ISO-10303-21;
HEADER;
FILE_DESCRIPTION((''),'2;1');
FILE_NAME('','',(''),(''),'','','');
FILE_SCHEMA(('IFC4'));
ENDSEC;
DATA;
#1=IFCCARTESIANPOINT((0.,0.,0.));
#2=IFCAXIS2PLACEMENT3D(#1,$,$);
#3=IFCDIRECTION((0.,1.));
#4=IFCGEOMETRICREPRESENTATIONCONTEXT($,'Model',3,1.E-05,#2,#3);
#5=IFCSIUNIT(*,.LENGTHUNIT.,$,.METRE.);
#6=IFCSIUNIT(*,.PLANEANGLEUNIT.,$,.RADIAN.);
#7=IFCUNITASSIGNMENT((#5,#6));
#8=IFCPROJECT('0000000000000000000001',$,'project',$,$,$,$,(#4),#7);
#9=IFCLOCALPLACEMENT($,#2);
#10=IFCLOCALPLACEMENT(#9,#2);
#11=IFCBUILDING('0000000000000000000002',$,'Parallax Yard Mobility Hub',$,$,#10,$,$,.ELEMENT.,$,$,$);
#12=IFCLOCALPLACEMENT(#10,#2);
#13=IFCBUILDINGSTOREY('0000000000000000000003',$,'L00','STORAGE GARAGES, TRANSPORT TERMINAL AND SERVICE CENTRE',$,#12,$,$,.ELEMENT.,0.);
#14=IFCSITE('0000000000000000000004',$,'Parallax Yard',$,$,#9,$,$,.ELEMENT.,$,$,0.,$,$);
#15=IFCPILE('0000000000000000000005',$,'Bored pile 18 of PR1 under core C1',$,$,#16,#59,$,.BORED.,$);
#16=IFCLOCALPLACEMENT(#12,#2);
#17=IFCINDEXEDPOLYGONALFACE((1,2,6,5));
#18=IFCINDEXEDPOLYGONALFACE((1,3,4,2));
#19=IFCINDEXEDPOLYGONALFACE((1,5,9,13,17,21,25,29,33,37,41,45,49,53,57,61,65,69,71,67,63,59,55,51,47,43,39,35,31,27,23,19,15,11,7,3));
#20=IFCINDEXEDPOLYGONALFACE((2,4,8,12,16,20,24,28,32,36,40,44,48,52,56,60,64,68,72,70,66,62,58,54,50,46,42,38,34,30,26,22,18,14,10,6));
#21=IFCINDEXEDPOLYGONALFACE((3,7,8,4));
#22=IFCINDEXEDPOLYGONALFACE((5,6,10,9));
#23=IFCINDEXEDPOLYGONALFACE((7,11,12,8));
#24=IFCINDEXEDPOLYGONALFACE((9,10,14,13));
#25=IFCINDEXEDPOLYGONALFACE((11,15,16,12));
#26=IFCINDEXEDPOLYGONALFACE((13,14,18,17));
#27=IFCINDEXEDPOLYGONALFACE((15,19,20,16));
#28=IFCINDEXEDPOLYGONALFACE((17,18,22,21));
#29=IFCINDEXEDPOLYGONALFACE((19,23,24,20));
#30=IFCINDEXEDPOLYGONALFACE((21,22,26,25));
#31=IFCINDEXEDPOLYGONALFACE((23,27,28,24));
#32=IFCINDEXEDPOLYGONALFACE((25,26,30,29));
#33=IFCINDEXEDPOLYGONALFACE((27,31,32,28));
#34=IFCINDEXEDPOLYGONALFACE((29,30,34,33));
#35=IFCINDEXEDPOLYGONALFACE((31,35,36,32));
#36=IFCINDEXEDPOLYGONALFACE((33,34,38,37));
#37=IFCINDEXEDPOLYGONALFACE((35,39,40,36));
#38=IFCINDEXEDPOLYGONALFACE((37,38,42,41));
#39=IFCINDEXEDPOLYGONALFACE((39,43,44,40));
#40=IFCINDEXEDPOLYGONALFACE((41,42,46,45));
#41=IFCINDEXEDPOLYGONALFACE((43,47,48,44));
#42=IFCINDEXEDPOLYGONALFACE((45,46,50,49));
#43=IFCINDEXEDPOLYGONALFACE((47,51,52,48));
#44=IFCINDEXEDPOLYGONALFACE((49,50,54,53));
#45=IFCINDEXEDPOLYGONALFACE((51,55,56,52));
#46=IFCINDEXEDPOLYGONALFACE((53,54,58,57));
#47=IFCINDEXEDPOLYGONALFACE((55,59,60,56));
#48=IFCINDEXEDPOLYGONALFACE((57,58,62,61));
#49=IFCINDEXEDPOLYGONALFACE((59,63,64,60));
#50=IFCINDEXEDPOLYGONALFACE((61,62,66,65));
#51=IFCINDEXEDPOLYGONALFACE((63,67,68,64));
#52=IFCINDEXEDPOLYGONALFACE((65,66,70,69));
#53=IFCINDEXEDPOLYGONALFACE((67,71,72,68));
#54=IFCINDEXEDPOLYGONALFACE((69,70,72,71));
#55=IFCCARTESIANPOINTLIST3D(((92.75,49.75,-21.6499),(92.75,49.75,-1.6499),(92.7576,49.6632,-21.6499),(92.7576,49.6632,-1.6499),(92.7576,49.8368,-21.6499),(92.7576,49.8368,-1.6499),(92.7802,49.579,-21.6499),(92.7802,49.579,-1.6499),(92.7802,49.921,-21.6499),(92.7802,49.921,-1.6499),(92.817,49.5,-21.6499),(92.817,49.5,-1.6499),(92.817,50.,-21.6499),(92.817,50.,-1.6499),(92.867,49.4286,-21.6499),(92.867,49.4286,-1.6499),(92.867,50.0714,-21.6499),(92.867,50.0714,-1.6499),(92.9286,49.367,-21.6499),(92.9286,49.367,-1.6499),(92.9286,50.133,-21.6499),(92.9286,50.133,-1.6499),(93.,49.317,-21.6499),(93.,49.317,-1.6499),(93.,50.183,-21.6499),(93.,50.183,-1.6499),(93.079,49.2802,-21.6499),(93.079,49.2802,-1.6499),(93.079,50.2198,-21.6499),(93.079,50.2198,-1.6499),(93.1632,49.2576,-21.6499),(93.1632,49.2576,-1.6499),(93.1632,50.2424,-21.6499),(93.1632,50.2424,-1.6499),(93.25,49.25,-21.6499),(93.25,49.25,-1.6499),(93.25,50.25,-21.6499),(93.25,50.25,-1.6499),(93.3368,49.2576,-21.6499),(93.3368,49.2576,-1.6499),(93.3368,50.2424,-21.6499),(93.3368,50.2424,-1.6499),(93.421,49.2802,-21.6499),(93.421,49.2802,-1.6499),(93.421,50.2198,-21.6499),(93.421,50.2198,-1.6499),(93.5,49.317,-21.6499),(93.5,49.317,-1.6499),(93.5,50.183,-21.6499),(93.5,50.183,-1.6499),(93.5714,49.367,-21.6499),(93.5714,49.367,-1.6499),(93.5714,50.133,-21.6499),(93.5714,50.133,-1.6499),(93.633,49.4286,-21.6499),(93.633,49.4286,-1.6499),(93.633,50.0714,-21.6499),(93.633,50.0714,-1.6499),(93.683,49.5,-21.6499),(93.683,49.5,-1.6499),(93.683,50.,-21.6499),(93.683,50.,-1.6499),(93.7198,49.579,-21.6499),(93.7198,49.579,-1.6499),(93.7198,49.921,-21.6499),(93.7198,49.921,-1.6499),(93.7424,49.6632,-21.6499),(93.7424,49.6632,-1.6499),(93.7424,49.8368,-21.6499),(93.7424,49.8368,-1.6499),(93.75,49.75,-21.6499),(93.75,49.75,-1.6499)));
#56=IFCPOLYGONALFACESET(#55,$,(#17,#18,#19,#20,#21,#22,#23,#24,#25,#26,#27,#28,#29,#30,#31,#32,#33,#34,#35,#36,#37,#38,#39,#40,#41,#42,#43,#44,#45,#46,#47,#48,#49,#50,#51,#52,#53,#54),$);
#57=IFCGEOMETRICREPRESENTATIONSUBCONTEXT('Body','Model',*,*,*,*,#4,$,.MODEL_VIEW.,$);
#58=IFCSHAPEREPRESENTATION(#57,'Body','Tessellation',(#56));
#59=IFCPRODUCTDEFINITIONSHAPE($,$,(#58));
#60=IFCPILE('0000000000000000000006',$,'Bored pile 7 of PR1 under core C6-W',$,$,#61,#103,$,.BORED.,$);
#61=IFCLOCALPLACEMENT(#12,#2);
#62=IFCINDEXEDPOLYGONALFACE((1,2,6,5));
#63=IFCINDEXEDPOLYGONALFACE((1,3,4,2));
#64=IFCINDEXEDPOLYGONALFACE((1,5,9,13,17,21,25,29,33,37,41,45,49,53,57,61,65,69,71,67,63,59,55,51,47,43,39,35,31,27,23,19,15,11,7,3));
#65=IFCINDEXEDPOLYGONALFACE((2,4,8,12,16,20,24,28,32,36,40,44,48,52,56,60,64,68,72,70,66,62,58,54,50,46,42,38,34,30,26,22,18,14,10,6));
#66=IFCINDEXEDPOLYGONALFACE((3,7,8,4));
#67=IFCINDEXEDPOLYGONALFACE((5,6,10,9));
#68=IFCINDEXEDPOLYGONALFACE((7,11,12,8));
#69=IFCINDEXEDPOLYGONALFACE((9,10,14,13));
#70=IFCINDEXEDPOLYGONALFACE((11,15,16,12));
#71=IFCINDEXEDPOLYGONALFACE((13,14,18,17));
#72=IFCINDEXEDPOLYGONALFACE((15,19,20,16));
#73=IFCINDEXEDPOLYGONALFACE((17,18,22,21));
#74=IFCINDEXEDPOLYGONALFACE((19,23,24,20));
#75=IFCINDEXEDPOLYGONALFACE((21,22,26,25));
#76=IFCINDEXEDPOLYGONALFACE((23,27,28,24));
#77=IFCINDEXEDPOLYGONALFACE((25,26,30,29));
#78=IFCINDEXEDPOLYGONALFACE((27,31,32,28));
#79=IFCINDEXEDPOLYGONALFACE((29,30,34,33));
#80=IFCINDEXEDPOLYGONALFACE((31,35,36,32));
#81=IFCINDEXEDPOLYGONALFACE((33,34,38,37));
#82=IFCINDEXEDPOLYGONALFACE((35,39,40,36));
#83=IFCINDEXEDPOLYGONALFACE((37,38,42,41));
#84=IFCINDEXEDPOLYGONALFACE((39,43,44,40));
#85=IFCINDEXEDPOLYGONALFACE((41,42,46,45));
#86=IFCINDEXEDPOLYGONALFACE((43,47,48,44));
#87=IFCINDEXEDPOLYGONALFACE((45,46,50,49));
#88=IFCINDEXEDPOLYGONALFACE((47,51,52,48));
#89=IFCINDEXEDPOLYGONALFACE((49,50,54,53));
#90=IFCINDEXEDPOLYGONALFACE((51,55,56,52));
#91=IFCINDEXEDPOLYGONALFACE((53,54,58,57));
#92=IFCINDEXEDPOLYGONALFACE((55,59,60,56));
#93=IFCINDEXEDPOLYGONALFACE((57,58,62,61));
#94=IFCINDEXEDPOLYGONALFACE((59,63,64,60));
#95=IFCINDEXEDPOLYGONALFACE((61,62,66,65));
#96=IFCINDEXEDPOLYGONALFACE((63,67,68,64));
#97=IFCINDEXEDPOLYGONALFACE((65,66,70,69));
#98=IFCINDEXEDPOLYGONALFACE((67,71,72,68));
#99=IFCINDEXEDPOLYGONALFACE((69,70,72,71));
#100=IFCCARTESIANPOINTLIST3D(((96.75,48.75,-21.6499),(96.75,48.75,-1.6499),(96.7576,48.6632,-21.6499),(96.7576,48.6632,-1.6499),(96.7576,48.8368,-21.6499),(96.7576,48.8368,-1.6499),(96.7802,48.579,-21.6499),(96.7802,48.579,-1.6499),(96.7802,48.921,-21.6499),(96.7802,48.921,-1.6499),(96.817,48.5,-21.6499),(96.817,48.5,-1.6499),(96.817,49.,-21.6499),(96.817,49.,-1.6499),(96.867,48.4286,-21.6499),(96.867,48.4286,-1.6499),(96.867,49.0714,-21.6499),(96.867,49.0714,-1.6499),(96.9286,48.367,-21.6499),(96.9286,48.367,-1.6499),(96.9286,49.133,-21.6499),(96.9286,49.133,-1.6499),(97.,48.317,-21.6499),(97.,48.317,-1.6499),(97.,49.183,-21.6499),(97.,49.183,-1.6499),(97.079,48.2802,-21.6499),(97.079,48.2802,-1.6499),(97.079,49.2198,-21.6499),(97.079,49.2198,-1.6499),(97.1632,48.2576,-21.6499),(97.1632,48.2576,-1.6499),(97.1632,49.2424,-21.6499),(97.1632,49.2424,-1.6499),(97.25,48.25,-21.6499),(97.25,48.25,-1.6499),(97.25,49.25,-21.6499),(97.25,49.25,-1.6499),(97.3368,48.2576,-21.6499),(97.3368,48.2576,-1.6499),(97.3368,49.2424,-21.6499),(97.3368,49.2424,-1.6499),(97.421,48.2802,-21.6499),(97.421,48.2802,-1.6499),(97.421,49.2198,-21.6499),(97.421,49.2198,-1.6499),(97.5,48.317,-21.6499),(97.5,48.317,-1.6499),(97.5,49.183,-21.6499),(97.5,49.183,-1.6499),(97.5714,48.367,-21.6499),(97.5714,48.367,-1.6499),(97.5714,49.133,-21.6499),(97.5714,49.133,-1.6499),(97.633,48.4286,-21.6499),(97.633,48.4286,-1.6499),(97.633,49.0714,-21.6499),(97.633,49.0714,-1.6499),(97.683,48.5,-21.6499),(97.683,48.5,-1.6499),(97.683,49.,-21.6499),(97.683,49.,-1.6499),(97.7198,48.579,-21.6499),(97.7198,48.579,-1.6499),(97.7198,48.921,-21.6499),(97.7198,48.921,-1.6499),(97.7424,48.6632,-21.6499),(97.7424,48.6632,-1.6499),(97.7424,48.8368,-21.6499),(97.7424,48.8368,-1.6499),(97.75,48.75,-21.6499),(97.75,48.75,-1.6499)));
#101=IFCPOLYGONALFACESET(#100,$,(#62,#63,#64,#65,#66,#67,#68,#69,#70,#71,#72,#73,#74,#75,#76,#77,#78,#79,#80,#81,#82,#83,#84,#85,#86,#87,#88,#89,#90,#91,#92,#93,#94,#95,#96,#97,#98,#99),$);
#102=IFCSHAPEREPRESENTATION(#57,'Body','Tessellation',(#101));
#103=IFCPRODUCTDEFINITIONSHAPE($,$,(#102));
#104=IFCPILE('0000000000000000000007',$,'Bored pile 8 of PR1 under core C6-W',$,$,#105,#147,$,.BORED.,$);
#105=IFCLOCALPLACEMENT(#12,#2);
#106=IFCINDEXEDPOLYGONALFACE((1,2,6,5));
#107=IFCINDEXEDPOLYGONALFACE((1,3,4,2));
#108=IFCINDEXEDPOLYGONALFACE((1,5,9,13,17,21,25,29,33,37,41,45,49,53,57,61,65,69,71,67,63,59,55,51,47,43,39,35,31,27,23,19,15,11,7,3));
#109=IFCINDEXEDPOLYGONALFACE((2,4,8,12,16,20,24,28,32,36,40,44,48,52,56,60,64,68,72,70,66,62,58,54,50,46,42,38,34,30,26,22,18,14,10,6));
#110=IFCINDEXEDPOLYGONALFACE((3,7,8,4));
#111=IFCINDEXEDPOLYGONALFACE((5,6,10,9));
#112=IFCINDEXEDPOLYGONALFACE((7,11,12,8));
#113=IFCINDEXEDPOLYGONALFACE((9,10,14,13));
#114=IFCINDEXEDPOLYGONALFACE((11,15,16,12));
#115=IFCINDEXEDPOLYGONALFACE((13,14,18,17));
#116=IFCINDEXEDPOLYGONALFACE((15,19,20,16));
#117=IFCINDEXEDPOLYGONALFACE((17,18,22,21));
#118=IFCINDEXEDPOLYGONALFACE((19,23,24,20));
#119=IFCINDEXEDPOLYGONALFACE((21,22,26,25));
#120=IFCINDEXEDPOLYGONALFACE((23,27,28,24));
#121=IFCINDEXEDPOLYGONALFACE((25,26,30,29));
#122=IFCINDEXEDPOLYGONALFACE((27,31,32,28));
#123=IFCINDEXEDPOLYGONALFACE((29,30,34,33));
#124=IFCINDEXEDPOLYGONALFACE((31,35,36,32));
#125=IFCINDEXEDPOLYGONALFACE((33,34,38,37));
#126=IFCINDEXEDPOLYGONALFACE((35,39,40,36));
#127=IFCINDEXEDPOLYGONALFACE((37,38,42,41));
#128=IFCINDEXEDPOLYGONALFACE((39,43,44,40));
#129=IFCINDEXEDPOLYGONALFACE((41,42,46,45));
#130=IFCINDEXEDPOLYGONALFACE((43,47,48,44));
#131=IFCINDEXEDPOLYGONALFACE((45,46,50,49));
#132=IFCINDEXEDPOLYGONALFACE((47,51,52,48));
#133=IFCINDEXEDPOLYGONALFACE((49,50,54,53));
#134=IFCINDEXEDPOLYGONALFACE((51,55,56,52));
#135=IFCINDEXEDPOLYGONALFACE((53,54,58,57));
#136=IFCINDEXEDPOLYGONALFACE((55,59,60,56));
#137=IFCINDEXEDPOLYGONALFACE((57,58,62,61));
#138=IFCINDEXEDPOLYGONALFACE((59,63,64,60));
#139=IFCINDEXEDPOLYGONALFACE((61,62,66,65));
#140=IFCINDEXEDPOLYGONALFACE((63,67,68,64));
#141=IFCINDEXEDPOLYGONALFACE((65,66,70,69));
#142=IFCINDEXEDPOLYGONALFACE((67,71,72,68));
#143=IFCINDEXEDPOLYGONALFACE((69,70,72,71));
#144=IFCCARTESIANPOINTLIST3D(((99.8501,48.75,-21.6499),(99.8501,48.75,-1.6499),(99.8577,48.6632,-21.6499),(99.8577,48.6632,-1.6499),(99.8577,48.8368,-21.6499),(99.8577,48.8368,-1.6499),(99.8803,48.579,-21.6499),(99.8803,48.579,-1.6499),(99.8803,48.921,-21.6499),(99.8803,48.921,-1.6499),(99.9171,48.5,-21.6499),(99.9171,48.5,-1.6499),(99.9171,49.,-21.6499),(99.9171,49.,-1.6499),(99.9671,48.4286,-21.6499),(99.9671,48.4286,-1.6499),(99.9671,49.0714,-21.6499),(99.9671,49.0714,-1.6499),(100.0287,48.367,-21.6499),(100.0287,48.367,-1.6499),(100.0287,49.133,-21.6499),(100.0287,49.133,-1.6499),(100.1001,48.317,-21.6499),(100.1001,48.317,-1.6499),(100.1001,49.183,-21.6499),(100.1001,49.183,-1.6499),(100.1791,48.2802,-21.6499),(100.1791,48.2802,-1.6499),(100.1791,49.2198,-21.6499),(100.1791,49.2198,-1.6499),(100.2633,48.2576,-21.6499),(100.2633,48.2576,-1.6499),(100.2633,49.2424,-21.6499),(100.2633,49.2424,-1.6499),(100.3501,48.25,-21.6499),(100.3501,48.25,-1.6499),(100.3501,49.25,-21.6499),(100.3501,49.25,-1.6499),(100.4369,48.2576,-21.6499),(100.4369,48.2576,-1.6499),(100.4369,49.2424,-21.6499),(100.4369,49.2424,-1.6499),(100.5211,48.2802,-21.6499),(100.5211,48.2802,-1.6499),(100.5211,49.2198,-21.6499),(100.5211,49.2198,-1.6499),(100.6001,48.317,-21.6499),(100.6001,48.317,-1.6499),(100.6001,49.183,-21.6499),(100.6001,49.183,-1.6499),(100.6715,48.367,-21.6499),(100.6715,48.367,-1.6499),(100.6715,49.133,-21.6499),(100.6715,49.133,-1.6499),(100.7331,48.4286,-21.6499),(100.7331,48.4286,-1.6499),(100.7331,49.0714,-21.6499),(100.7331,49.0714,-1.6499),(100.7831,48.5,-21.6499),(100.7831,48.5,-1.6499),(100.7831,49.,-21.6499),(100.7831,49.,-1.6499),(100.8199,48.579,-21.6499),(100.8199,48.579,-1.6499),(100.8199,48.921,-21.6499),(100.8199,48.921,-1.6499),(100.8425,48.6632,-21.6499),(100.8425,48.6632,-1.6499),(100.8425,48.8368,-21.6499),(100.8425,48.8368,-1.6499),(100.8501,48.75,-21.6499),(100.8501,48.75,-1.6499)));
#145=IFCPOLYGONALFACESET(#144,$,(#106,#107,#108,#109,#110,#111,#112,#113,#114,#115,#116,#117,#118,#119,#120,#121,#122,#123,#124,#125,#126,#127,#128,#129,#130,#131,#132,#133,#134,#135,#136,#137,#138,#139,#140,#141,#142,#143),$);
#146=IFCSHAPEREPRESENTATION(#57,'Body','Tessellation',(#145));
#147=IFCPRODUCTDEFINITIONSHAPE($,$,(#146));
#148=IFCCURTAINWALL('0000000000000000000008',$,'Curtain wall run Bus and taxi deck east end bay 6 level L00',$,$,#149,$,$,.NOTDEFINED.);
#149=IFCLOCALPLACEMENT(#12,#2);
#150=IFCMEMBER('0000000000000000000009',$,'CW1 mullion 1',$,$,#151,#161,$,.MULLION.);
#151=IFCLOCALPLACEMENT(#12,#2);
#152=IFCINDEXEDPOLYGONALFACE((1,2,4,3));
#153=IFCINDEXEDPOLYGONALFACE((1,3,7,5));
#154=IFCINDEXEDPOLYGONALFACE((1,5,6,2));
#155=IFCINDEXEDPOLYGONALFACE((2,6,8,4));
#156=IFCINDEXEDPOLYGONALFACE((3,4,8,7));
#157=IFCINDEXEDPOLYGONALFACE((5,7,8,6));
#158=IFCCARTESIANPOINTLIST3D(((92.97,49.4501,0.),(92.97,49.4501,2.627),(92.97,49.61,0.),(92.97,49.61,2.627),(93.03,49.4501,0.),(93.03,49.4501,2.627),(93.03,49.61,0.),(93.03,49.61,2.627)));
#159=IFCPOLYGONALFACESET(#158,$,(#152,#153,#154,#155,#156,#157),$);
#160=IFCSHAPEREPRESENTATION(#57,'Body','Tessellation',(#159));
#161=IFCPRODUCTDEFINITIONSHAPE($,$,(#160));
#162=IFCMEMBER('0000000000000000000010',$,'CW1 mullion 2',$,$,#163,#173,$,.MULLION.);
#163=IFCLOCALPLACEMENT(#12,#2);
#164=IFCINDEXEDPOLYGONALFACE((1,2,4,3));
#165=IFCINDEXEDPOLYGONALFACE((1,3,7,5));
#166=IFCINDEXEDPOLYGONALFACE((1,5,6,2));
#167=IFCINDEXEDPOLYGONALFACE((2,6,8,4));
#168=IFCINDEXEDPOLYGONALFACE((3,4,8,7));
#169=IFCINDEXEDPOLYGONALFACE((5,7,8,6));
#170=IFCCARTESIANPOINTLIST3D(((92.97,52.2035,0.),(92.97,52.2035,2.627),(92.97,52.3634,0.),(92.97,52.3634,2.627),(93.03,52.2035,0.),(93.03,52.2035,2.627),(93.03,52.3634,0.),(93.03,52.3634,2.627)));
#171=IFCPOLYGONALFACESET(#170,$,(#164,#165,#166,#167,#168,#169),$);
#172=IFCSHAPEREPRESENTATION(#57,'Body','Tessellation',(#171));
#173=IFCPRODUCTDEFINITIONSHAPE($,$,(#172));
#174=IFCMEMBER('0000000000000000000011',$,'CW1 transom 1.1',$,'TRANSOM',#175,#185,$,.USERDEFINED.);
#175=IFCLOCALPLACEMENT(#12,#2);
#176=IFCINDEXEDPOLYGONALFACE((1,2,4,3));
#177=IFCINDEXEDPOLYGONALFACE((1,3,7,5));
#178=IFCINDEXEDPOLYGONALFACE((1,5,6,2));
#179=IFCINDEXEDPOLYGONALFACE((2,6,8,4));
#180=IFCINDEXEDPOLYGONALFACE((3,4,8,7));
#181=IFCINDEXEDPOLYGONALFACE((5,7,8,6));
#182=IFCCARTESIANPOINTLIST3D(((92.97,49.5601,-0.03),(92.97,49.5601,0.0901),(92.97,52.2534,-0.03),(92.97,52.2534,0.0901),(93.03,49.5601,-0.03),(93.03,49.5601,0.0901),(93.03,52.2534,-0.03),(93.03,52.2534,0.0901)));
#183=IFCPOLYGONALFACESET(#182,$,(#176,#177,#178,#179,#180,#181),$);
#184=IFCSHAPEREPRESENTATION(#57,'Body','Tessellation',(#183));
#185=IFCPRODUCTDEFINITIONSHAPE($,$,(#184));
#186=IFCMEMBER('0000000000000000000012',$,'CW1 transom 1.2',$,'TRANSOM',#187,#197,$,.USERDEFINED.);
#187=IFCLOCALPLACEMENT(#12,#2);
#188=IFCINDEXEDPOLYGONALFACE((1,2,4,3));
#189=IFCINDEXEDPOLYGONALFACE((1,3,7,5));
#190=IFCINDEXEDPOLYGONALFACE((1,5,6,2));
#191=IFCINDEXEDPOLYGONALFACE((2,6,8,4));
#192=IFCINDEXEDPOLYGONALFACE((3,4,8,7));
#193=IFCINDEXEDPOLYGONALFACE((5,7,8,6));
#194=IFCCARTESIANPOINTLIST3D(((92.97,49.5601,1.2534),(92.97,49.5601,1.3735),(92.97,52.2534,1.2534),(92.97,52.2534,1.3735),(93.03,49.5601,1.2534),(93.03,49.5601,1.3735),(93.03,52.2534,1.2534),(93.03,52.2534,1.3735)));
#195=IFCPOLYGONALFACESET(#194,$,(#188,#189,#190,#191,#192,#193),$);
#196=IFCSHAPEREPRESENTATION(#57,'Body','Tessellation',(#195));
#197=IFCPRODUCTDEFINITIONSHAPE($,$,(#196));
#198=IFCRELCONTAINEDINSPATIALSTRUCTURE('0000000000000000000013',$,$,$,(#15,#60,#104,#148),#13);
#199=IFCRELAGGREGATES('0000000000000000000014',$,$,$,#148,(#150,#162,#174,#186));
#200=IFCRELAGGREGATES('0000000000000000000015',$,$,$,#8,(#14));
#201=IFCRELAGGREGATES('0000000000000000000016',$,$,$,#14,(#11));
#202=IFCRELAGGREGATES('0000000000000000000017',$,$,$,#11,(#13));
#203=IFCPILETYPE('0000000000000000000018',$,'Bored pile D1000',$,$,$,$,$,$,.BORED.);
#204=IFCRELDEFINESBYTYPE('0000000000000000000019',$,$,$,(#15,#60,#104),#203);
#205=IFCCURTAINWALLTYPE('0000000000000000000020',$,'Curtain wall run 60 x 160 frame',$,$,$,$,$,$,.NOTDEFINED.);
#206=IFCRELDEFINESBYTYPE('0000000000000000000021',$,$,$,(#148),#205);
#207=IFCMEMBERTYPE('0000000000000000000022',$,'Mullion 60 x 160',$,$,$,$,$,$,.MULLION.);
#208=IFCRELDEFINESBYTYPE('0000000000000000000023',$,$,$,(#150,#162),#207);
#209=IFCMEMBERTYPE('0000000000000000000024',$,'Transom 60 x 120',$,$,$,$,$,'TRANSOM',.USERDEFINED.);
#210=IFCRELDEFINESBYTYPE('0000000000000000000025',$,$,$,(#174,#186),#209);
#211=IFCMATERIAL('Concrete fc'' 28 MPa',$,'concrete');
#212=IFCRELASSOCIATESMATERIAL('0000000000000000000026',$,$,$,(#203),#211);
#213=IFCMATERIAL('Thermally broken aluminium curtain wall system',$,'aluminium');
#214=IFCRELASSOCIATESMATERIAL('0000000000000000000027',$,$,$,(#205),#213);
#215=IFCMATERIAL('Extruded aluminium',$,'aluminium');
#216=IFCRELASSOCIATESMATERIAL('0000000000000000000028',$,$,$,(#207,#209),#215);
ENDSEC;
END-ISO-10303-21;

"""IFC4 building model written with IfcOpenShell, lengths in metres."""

from ifc_helpers import new_model, si_unit, direction, frame, origin, origin_2d, place, context, subcontext, project, spatial, rectangle, circle, extrude, material, material_profile, profile_set, type_object, element, aggregate, save


model = new_model("IFC4")

# Units and contexts
model_context = context("Model", 3, precision=1e-05, world=origin(), true_north=direction((0.0, 1.0)))
body_context = subcontext(model_context, "Body", "Model", "MODEL_VIEW")
ifc_project = project(units=[si_unit("LENGTHUNIT", "METRE"), si_unit("PLANEANGLEUNIT", "RADIAN")], contexts=[model_context])

# Site, building, storey
site_placement = place(None, origin())
site = spatial("IfcSite", under=ifc_project, at=site_placement, Name="Parallax Yard", CompositionType="ELEMENT", RefElevation=0.0)
building_placement = place(site_placement, origin())
building = spatial("IfcBuilding", under=site, at=building_placement, Name="Parallax Yard Mobility Hub", CompositionType="ELEMENT")
storey_placement = place(building_placement, origin())
storey = spatial("IfcBuildingStorey", under=building, at=storey_placement, Name="L00", Description="STORAGE GARAGES, TRANSPORT TERMINAL AND SERVICE CENTRE", CompositionType="ELEMENT", Elevation=0.0)

# Piles
ifc_material_1 = material(Name="Concrete fc' 28 MPa", Category="concrete")
ifc_material_profile_1 = material_profile(ifc_material_1, circle(Radius=0.5, at=origin_2d()), Name="Bored pile D1000")
ifc_profile_set_1 = profile_set([ifc_material_profile_1], Name="Concrete fc' 28 MPa")
pile_type = type_object("IfcPileType", Name="Bored pile D1000", PredefinedType="BORED", material=ifc_profile_set_1)
for number, where, z_axis, x_axis, name in (
    (1, (93.25, 49.75, -1.6499), (0.0, 0.0, -1.0), (1.0, 0.0, 0.0), "Bored pile 18 of PR1 under core C1"),
    (2, (97.25, 48.75, -1.6499), (0.0, 0.0, -1.0), (1.0, 0.0, 0.0), "Bored pile 7 of PR1 under core C6-W"),
    (3, (100.3501, 48.75, -1.6499), (0.0, 0.0, -1.0), (1.0, 0.0, 0.0), "Bored pile 8 of PR1 under core C6-W"),
):
    element("IfcPile", number, at=place(storey_placement, frame(where, z_axis=z_axis, x_axis=x_axis)), inside=storey, type_object=pile_type, Name=name, PredefinedType="BORED", context=body_context, shape_type="SweptSolid", body=[
        extrude(circle(Radius=0.5, at=origin_2d()), origin(), (0.0, 0.0, 1.0), 20.0),
    ])

# Curtain wall, members
ifc_material_2 = material(Name="Thermally broken aluminium curtain wall system", Category="aluminium")
curtain_wall_type = type_object("IfcCurtainWallType", Name="Curtain wall run 60 x 160 frame", PredefinedType="NOTDEFINED", material=ifc_material_2)
curtain_wall_placement = place(storey_placement, origin())
curtain_wall = element("IfcCurtainWall", 4, at=curtain_wall_placement, inside=storey, type_object=curtain_wall_type, Name="Curtain wall run Bus and taxi deck east end bay 6 level L00", PredefinedType="NOTDEFINED")
ifc_material_3 = material(Name="Extruded aluminium", Category="aluminium")
ifc_material_profile_2 = material_profile(ifc_material_3, rectangle(XDim=0.0601, YDim=0.1599, at=origin_2d()), Name="Mullion 60 x 160")
ifc_profile_set_2 = profile_set([ifc_material_profile_2], Name="Extruded aluminium")
member_type_1 = type_object("IfcMemberType", Name="Mullion 60 x 160", PredefinedType="MULLION", material=ifc_profile_set_2)
member_1_placement = place(storey_placement, frame((93.0, 49.53, 0.0), z_axis=(0.0, 0.0, 1.0), x_axis=(-1.0, 0.0, 0.0)))
member_1 = element("IfcMember", 5, at=member_1_placement, type_object=member_type_1, Name="CW1 mullion 1", PredefinedType="MULLION", context=body_context, shape_type="SweptSolid", body=[
    extrude(rectangle(XDim=0.0601, YDim=0.1599, at=origin_2d()), origin(), (0.0, 0.0, 1.0), 2.627),
])
member_2_placement = place(storey_placement, frame((93.0, 52.2834, 0.0), z_axis=(0.0, 0.0, 1.0), x_axis=(-1.0, 0.0, 0.0)))
member_2 = element("IfcMember", 6, at=member_2_placement, type_object=member_type_1, Name="CW1 mullion 2", PredefinedType="MULLION", context=body_context, shape_type="SweptSolid", body=[
    extrude(rectangle(XDim=0.0601, YDim=0.1599, at=origin_2d()), origin(), (0.0, 0.0, 1.0), 2.627),
])
ifc_material_profile_3 = material_profile(ifc_material_3, rectangle(XDim=0.0601, YDim=0.1201, at=origin_2d()), Name="Transom 60 x 120")
ifc_profile_set_3 = profile_set([ifc_material_profile_3], Name="Extruded aluminium")
member_type_2 = type_object("IfcMemberType", Name="Transom 60 x 120", ElementType="TRANSOM", PredefinedType="USERDEFINED", material=ifc_profile_set_3)
member_3_placement = place(storey_placement, frame((93.0, 49.5601, 0.03), z_axis=(0.0, 1.0, 0.0), x_axis=(-1.0, 0.0, 0.0)))
member_3 = element("IfcMember", 7, at=member_3_placement, type_object=member_type_2, Name="CW1 transom 1.1", ObjectType="TRANSOM", PredefinedType="USERDEFINED", context=body_context, shape_type="SweptSolid", body=[
    extrude(rectangle(XDim=0.0601, YDim=0.1201, at=origin_2d()), origin(), (0.0, 0.0, 1.0), 2.6934),
])
member_4_placement = place(storey_placement, frame((93.0, 49.5601, 1.3135), z_axis=(0.0, 1.0, 0.0), x_axis=(-1.0, 0.0, 0.0)))
member_4 = element("IfcMember", 8, at=member_4_placement, type_object=member_type_2, Name="CW1 transom 1.2", ObjectType="TRANSOM", PredefinedType="USERDEFINED", context=body_context, shape_type="SweptSolid", body=[
    extrude(rectangle(XDim=0.0601, YDim=0.1201, at=origin_2d()), origin(), (0.0, 0.0, 1.0), 2.6934),
])
aggregate(curtain_wall, [member_1, member_2, member_3, member_4])

save(model, "model.ifc")
